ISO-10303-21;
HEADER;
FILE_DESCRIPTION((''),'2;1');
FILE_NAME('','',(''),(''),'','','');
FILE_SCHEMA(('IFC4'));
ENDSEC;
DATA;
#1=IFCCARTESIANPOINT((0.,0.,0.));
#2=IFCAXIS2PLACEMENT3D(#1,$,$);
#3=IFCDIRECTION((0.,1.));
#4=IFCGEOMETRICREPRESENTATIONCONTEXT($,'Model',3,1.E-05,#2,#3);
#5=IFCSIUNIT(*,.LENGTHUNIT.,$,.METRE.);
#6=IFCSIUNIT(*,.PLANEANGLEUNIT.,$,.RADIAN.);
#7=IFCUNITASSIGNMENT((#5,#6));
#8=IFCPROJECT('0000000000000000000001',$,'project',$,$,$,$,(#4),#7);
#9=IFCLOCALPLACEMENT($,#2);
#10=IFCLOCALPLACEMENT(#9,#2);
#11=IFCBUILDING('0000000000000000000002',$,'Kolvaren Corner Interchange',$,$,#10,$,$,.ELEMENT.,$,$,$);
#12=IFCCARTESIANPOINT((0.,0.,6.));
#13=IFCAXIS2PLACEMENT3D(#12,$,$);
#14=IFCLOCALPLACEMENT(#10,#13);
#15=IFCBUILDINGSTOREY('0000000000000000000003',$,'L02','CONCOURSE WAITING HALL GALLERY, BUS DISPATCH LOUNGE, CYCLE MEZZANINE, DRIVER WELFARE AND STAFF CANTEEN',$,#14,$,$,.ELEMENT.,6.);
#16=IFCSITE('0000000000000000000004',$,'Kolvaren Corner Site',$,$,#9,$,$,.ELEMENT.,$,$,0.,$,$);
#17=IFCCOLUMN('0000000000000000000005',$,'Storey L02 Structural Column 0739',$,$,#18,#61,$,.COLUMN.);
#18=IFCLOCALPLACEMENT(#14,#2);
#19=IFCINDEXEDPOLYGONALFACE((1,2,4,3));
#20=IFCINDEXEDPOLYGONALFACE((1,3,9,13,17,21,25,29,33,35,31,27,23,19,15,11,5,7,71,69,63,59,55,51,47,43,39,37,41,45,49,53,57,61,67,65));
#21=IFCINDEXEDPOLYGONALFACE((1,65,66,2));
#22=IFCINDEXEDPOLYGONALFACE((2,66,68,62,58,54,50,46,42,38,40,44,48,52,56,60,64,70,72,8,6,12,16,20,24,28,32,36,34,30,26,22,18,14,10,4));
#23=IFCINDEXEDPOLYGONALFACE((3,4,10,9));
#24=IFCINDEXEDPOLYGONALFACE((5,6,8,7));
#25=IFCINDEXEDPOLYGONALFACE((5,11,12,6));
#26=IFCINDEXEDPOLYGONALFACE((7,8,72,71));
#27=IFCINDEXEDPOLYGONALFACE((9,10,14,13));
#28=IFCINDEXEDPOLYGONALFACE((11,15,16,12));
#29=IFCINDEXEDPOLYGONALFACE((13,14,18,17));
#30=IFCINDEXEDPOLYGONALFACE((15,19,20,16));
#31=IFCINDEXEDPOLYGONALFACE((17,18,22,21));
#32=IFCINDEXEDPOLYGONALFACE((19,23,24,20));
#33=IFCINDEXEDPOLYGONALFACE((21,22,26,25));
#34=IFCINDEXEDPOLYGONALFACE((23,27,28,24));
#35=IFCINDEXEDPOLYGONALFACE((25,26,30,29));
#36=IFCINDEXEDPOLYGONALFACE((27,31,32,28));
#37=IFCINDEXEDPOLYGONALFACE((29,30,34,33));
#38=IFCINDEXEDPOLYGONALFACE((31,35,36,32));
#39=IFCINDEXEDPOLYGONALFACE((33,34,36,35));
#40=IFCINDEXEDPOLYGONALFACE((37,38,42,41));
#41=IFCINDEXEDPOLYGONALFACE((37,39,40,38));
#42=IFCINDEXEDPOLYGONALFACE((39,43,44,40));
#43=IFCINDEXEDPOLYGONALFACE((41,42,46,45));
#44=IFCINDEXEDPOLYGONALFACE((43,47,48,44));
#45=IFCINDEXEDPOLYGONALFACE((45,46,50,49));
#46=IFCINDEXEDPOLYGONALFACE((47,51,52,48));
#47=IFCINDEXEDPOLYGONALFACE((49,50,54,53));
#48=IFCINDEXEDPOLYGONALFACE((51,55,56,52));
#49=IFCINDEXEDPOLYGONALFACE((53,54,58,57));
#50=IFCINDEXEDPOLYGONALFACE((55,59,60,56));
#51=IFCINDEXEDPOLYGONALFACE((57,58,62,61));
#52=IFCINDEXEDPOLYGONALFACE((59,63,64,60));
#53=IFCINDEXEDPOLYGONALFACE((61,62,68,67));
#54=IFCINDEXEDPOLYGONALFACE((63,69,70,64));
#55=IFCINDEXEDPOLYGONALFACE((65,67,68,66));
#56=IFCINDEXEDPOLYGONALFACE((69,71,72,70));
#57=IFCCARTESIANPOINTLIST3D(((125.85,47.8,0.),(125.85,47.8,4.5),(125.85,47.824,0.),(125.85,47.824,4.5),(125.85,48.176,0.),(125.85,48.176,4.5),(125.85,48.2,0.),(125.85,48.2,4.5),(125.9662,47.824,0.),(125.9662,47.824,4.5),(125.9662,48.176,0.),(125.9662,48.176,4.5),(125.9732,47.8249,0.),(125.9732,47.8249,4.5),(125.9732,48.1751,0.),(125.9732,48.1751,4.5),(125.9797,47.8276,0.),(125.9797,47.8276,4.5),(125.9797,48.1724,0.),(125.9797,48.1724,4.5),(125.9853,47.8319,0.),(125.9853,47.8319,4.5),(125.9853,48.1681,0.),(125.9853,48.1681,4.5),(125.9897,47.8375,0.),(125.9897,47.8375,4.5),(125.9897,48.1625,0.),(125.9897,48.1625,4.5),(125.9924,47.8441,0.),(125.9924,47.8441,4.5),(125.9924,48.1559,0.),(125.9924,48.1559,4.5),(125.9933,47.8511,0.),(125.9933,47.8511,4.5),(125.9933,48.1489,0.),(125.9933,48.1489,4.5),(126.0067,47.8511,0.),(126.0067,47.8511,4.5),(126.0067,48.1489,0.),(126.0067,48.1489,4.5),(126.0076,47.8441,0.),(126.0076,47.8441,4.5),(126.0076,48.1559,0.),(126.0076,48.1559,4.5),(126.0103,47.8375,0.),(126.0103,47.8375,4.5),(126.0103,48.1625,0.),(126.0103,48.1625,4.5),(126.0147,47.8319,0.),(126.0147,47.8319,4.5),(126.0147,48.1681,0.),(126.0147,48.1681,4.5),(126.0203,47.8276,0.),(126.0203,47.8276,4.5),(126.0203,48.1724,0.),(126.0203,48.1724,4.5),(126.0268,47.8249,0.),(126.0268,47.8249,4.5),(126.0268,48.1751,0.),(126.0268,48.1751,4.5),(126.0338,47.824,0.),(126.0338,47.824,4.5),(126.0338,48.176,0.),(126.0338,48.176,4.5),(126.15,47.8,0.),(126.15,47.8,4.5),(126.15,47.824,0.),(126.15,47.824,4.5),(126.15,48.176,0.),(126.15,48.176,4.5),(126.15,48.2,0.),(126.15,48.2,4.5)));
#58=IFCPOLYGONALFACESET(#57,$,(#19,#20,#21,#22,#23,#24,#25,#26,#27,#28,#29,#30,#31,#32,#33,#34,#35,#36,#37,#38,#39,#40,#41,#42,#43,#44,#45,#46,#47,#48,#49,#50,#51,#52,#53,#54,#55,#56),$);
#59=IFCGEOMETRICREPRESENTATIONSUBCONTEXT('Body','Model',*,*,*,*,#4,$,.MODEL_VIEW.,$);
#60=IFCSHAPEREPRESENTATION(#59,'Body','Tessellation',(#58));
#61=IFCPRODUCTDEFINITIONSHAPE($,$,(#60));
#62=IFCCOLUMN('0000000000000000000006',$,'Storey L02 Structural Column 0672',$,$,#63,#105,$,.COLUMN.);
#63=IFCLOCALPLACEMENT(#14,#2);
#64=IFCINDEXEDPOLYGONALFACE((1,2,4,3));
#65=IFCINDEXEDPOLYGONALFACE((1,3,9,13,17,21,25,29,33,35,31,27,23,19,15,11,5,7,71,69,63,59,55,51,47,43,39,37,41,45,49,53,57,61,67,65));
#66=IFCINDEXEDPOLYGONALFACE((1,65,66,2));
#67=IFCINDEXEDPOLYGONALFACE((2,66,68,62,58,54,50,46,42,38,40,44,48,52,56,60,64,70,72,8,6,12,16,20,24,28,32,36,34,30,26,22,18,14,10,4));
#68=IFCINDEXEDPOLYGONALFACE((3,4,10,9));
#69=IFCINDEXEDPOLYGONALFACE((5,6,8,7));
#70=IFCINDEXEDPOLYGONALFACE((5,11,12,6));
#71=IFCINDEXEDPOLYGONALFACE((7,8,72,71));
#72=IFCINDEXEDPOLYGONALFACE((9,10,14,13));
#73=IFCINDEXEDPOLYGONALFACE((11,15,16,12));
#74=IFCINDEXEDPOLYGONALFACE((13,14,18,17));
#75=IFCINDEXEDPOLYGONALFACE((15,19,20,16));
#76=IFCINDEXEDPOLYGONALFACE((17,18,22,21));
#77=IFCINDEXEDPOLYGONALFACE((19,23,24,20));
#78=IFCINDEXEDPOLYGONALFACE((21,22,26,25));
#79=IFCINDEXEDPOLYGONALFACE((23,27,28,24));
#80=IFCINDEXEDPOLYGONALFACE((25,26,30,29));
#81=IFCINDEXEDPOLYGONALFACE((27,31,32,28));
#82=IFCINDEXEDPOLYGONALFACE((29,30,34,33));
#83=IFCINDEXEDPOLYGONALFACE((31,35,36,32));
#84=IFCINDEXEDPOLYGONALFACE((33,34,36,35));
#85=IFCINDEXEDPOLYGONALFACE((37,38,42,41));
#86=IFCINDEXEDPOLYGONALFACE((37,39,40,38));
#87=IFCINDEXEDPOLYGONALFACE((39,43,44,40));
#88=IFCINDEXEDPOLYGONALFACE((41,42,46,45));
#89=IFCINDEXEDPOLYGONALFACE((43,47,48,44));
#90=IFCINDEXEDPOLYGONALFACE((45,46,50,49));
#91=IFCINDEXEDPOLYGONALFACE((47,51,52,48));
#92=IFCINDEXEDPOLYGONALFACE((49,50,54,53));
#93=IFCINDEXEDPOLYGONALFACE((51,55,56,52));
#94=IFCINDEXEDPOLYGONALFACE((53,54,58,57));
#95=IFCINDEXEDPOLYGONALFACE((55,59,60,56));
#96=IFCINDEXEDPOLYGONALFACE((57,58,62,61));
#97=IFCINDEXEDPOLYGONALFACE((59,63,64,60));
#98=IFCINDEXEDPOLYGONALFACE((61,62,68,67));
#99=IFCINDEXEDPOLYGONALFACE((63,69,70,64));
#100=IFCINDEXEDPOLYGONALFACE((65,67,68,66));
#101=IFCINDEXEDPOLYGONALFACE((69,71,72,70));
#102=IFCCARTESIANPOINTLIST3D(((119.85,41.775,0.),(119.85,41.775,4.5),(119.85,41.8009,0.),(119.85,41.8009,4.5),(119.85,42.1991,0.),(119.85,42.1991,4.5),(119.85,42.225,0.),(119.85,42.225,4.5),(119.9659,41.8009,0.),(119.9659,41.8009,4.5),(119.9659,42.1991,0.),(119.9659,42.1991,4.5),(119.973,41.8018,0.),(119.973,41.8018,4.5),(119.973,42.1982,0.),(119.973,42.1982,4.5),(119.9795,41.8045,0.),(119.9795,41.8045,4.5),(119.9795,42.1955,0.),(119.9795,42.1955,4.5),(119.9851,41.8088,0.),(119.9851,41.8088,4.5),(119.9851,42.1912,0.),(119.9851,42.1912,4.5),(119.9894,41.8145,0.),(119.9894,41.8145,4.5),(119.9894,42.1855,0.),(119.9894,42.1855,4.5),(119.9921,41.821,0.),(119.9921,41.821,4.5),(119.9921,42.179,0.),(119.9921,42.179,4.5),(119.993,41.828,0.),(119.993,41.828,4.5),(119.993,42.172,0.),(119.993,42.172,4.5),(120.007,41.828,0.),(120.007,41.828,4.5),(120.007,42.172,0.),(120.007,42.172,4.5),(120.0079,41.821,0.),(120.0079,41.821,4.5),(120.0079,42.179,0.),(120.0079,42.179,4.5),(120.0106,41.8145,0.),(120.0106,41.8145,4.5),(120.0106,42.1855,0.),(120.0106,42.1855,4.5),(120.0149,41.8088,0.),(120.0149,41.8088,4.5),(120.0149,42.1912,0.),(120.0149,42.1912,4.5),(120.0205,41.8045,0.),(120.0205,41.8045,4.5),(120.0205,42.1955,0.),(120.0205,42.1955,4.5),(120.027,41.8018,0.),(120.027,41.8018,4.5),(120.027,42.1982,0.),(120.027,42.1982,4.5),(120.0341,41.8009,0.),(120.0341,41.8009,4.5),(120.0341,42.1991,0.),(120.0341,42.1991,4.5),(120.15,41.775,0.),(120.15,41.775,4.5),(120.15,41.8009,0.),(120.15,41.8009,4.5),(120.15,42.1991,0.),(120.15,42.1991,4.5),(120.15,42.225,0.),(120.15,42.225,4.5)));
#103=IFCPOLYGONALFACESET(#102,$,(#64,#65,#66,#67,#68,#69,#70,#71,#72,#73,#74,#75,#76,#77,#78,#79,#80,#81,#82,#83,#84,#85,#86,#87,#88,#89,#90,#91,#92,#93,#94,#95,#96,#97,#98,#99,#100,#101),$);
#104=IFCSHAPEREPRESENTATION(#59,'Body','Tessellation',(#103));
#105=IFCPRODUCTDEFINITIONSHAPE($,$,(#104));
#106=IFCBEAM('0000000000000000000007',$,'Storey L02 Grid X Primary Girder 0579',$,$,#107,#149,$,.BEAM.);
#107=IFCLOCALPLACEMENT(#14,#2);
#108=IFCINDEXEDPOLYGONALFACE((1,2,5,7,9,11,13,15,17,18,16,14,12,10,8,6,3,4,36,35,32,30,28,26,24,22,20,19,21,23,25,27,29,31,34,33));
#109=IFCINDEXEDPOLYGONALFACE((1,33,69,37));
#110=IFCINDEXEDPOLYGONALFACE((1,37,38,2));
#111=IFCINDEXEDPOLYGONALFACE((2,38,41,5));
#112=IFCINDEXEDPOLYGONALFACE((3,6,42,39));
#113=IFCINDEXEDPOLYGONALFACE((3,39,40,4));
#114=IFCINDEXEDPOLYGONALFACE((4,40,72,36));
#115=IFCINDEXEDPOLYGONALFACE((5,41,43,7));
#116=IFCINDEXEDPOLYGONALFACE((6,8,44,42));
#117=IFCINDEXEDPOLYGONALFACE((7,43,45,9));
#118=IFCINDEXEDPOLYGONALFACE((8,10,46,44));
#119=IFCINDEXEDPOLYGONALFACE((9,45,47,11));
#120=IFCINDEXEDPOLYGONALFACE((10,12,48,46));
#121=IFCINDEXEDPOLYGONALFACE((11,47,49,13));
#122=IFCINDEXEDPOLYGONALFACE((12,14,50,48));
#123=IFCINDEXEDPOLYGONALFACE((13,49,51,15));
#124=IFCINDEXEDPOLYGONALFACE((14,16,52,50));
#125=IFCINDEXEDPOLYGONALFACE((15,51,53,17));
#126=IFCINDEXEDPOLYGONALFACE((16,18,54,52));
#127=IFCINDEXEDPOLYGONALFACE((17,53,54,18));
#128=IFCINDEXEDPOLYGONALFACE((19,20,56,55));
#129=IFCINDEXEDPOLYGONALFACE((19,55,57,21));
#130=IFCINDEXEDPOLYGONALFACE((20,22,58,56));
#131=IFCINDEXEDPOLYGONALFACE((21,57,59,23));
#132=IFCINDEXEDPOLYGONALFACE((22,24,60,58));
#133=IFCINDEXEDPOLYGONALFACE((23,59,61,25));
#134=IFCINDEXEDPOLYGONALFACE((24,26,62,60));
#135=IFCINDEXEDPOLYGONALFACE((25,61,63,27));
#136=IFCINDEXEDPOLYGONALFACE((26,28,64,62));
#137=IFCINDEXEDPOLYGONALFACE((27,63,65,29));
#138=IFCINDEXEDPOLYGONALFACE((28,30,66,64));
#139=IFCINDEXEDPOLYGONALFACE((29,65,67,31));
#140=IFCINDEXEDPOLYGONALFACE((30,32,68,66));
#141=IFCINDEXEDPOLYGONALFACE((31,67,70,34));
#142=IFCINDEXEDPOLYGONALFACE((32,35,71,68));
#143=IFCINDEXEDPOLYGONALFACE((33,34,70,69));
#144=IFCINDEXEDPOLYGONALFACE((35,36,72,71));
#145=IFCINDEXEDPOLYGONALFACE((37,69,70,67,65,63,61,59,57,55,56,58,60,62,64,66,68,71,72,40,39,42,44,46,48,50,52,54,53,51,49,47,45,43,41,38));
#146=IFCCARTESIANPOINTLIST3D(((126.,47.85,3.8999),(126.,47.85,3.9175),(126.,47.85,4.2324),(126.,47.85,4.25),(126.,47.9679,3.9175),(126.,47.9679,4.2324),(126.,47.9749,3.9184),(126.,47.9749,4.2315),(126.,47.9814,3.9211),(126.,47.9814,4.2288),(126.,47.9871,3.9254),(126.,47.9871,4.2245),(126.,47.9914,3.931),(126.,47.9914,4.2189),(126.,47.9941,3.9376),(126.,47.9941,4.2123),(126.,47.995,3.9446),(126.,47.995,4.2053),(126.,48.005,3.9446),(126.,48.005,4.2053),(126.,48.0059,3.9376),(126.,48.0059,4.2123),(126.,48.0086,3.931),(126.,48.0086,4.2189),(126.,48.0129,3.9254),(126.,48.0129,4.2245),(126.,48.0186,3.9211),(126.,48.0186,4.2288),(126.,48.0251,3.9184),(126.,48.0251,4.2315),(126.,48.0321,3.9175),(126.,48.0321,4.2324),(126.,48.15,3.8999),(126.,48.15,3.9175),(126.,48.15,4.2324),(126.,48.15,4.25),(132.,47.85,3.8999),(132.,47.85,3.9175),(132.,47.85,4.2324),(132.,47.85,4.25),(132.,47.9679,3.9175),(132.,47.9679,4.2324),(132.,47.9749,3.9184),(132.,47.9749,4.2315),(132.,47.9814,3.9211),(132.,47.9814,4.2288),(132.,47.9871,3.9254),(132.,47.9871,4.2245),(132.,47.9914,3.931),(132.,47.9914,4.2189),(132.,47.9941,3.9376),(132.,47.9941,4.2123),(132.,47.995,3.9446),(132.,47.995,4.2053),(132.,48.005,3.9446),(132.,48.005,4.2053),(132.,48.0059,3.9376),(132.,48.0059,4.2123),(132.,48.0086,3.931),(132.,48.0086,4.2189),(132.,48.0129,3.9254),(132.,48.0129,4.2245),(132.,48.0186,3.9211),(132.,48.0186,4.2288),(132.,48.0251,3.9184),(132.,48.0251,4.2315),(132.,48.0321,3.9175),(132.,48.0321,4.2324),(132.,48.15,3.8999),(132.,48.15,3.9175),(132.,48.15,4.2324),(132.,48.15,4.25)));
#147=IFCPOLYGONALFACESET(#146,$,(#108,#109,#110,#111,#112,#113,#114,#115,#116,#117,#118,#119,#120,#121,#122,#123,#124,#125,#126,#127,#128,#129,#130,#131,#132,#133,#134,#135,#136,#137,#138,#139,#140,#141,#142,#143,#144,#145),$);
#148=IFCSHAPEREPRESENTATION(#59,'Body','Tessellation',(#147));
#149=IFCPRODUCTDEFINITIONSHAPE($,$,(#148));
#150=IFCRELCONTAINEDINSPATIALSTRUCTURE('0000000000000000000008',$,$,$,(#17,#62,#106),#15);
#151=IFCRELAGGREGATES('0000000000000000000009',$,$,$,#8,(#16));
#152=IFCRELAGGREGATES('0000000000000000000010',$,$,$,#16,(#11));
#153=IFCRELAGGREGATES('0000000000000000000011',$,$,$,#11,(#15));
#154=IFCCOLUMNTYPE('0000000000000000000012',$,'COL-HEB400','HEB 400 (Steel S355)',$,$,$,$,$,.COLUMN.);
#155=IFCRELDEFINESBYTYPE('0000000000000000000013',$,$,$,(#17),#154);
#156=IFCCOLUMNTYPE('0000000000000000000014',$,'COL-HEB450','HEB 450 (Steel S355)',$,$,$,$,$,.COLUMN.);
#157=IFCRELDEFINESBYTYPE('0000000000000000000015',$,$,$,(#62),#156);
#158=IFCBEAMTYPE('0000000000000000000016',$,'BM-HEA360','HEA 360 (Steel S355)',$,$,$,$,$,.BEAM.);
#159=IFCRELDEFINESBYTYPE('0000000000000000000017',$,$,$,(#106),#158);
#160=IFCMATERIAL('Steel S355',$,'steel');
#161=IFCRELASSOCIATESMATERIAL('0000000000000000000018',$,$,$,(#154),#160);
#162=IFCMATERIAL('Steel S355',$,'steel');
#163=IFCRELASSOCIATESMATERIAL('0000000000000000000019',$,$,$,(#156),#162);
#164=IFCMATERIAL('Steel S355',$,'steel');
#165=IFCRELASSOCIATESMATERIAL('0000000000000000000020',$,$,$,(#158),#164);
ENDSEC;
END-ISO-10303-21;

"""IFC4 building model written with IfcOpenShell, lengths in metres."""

from ifc_helpers import new_model, si_unit, direction, frame, origin, origin_2d, place, context, subcontext, project, spatial, i_section, extrude, material, material_profile, profile_set, type_object, element, save


model = new_model("IFC4")

# Units and contexts
model_context = context("Model", 3, precision=1e-05, world=origin(), true_north=direction((0.0, 1.0)))
body_context = subcontext(model_context, "Body", "Model", "MODEL_VIEW")
ifc_project = project(units=[si_unit("LENGTHUNIT", "METRE"), si_unit("PLANEANGLEUNIT", "RADIAN")], contexts=[model_context])

# Site, building, storey
site_placement = place(None, origin())
site = spatial("IfcSite", under=ifc_project, at=site_placement, Name="Kolvaren Corner Site", CompositionType="ELEMENT", RefElevation=0.0)
building_placement = place(site_placement, origin())
building = spatial("IfcBuilding", under=site, at=building_placement, Name="Kolvaren Corner Interchange", CompositionType="ELEMENT")
storey_placement = place(building_placement, frame((0.0, 0.0, 6.0)))
storey = spatial("IfcBuildingStorey", under=building, at=storey_placement, Name="L02", Description="CONCOURSE WAITING HALL GALLERY, BUS DISPATCH LOUNGE, CYCLE MEZZANINE, DRIVER WELFARE AND STAFF CANTEEN", CompositionType="ELEMENT", Elevation=6.0)

# Columns
ifc_material_1 = material(Name="Steel S355", Category="steel")
ifc_material_profile_1 = material_profile(ifc_material_1, i_section(OverallWidth=0.3, OverallDepth=0.3999, WebThickness=0.0134, FlangeThickness=0.0239, FilletRadius=0.0271, at=origin_2d()), Name="HEB 400")
ifc_profile_set_1 = profile_set([ifc_material_profile_1], Name="Steel S355")
column_type_1 = type_object("IfcColumnType", Name="COL-HEB400", Description="HEB 400 (Steel S355)", PredefinedType="COLUMN", material=ifc_profile_set_1)
column_1_placement = place(storey_placement, frame((126.0, 48.0, 0.0), z_axis=(0.0, 0.0, 1.0), x_axis=(1.0, 0.0, 0.0)))
element("IfcColumn", 1, at=column_1_placement, inside=storey, type_object=column_type_1, Name="Storey L02 Structural Column 0739", PredefinedType="COLUMN", context=body_context, shape_type="SweptSolid", body=[
    extrude(i_section(OverallWidth=0.3, OverallDepth=0.3999, WebThickness=0.0134, FlangeThickness=0.0239, FilletRadius=0.0271, at=origin_2d()), origin(), (0.0, 0.0, 1.0), 4.5),
])
ifc_material_2 = material(Name="Steel S355", Category="steel")
ifc_material_profile_2 = material_profile(ifc_material_2, i_section(OverallWidth=0.3, OverallDepth=0.45, WebThickness=0.0139, FlangeThickness=0.0259, FilletRadius=0.0271, at=origin_2d()), Name="HEB 450")
ifc_profile_set_2 = profile_set([ifc_material_profile_2], Name="Steel S355")
column_type_2 = type_object("IfcColumnType", Name="COL-HEB450", Description="HEB 450 (Steel S355)", PredefinedType="COLUMN", material=ifc_profile_set_2)
column_2_placement = place(storey_placement, frame((120.0, 42.0, 0.0), z_axis=(0.0, 0.0, 1.0), x_axis=(1.0, 0.0, 0.0)))
element("IfcColumn", 2, at=column_2_placement, inside=storey, type_object=column_type_2, Name="Storey L02 Structural Column 0672", PredefinedType="COLUMN", context=body_context, shape_type="SweptSolid", body=[
    extrude(i_section(OverallWidth=0.3, OverallDepth=0.45, WebThickness=0.0139, FlangeThickness=0.0259, FilletRadius=0.0271, at=origin_2d()), origin(), (0.0, 0.0, 1.0), 4.5),
])

# Beam
ifc_material_3 = material(Name="Steel S355", Category="steel")
ifc_material_profile_3 = material_profile(ifc_material_3, i_section(OverallWidth=0.3, OverallDepth=0.3501, WebThickness=0.01, FlangeThickness=0.0176, FilletRadius=0.0271, at=origin_2d()), Name="HEA 360")
ifc_profile_set_3 = profile_set([ifc_material_profile_3], Name="Steel S355")
beam_type_1 = type_object("IfcBeamType", Name="BM-HEA360", Description="HEA 360 (Steel S355)", PredefinedType="BEAM", material=ifc_profile_set_3)
beam_placement = place(storey_placement, frame((126.0, 48.0, 4.075), z_axis=(1.0, 0.0, 0.0), x_axis=(0.0, 1.0, 0.0)))
element("IfcBeam", 3, at=beam_placement, inside=storey, type_object=beam_type_1, Name="Storey L02 Grid X Primary Girder 0579", PredefinedType="BEAM", context=body_context, shape_type="SweptSolid", body=[
    extrude(i_section(OverallWidth=0.3, OverallDepth=0.3501, WebThickness=0.01, FlangeThickness=0.0176, FilletRadius=0.0271, at=origin_2d()), origin(), (0.0, 0.0, 1.0), 6.0),
])

save(model, "model.ifc")
